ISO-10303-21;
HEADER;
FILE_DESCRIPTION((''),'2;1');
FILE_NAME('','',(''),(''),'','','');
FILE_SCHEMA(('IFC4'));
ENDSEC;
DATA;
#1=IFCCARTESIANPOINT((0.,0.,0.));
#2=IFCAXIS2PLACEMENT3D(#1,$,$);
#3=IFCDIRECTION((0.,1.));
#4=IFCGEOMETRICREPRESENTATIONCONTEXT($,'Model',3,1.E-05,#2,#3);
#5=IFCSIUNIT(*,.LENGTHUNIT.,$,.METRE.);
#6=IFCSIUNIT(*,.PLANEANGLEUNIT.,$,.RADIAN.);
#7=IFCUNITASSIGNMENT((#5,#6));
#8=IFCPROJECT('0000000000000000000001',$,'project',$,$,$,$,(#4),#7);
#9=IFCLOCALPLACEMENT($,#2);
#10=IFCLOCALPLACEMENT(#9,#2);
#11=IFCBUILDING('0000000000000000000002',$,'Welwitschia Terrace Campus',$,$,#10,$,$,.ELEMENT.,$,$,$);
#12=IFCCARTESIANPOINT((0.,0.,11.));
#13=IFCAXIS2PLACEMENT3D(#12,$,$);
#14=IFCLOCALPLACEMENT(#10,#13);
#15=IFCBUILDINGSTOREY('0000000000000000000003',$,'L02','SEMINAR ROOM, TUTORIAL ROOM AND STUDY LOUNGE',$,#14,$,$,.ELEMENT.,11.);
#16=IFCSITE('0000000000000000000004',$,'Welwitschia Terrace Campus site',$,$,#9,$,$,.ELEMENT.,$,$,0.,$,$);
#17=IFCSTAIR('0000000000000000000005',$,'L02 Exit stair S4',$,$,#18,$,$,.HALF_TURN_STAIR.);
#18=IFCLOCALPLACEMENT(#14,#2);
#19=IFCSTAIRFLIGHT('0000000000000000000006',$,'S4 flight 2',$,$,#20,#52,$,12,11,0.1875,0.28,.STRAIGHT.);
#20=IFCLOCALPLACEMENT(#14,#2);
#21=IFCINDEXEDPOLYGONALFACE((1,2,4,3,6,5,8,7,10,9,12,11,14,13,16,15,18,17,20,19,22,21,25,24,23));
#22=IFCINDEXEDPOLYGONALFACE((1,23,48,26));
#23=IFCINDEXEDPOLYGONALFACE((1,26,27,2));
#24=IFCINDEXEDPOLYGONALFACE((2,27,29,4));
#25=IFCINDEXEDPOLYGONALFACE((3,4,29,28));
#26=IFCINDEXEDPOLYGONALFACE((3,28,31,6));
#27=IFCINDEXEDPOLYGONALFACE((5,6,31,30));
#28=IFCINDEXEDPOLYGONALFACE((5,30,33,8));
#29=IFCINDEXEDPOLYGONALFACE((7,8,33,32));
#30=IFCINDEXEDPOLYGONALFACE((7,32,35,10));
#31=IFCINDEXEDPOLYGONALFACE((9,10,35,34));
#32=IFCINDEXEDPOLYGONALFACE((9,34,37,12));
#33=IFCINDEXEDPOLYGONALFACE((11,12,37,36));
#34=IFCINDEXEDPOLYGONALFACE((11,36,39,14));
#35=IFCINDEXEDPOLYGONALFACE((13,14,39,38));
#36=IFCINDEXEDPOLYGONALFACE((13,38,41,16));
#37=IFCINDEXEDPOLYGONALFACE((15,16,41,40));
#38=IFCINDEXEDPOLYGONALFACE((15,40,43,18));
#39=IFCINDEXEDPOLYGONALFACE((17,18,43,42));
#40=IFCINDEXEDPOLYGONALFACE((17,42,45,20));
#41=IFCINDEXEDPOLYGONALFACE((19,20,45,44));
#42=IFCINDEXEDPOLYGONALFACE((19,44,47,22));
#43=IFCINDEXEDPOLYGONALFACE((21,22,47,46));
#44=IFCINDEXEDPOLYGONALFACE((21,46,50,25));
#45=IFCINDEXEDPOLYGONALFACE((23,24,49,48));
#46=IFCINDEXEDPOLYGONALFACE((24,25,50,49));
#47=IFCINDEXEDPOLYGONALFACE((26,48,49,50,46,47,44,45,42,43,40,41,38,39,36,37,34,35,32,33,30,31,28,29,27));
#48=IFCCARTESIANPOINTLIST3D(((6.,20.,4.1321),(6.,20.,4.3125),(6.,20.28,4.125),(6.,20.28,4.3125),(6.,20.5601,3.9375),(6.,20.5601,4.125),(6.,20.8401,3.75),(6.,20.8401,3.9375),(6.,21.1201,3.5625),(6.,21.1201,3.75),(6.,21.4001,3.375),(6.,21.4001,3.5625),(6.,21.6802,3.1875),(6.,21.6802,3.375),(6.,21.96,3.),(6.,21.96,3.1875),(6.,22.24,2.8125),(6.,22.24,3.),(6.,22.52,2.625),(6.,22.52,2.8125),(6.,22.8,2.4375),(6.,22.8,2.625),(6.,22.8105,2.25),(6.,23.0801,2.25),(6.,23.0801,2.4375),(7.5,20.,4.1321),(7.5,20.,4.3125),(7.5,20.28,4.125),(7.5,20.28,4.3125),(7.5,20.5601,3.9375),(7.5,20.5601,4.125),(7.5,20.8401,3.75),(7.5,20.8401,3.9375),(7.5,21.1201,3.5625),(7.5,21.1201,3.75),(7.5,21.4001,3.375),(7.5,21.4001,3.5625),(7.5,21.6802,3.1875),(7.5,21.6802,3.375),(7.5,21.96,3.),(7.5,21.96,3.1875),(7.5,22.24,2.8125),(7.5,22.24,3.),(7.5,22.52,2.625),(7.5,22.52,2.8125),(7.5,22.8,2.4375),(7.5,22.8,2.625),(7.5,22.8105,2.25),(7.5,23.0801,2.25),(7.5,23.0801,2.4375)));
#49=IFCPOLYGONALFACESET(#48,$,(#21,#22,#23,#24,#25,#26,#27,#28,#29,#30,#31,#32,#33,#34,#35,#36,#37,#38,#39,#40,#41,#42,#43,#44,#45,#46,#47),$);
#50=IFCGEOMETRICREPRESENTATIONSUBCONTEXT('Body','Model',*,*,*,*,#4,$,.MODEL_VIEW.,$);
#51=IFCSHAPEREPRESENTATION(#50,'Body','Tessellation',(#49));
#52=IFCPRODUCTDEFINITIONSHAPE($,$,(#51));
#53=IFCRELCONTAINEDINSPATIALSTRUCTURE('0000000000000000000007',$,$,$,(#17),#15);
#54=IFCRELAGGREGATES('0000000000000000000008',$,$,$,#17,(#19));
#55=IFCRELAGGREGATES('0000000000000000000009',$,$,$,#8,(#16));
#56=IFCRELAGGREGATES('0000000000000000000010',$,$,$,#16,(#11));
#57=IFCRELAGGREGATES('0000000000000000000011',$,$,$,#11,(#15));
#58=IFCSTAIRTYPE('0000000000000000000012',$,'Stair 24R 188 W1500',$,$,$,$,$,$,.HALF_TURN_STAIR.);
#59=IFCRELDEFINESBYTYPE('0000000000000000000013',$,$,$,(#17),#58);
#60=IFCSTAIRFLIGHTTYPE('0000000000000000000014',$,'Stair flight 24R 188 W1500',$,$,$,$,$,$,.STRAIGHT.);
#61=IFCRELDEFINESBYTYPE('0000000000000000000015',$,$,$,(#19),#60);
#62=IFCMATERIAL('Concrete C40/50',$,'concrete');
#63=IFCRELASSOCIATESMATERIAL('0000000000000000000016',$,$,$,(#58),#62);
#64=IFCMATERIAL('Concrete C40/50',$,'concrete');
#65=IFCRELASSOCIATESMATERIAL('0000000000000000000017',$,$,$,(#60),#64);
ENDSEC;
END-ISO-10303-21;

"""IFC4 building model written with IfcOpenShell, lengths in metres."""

from ifc_helpers import new_model, si_unit, direction, frame, origin, place, context, subcontext, project, spatial, polyline, outline, extrude, material, type_object, element, aggregate, save


model = new_model("IFC4")

# Units and contexts
model_context = context("Model", 3, precision=1e-05, world=origin(), true_north=direction((0.0, 1.0)))
body_context = subcontext(model_context, "Body", "Model", "MODEL_VIEW")
ifc_project = project(units=[si_unit("LENGTHUNIT", "METRE"), si_unit("PLANEANGLEUNIT", "RADIAN")], contexts=[model_context])

# Site, building, storey
site_placement = place(None, origin())
site = spatial("IfcSite", under=ifc_project, at=site_placement, Name="Welwitschia Terrace Campus site", CompositionType="ELEMENT", RefElevation=0.0)
building_placement = place(site_placement, origin())
building = spatial("IfcBuilding", under=site, at=building_placement, Name="Welwitschia Terrace Campus", CompositionType="ELEMENT")
storey_placement = place(building_placement, frame((0.0, 0.0, 11.0)))
storey = spatial("IfcBuildingStorey", under=building, at=storey_placement, Name="L02", Description="SEMINAR ROOM, TUTORIAL ROOM AND STUDY LOUNGE", CompositionType="ELEMENT", Elevation=11.0)

# Stair, stair flight
ifc_material_1 = material(Name="Concrete C40/50", Category="concrete")
stair_type = type_object("IfcStairType", Name="Stair 24R 188 W1500", PredefinedType="HALF_TURN_STAIR", material=ifc_material_1)
stair_placement = place(storey_placement, origin())
stair = element("IfcStair", 1, at=stair_placement, inside=storey, type_object=stair_type, Name="L02 Exit stair S4", PredefinedType="HALF_TURN_STAIR")
ifc_material_2 = material(Name="Concrete C40/50", Category="concrete")
stair_flight_type = type_object("IfcStairFlightType", Name="Stair flight 24R 188 W1500", PredefinedType="STRAIGHT", material=ifc_material_2)
stair_flight_placement = place(storey_placement, frame((6.75, 23.0801, 2.25), z_axis=(0.0, 0.0, 1.0), x_axis=(0.0, -1.0, 0.0)))
stair_flight = element("IfcStairFlight", 2, at=stair_flight_placement, type_object=stair_flight_type, Name="S4 flight 2", NumberOfRisers=12, NumberOfTreads=11, PredefinedType="STRAIGHT", RiserHeight=0.1875, TreadLength=0.28, context=body_context, shape_type="SweptSolid", body=[
    extrude(outline(polyline([(0.0, 0.0), (0.0, 0.1875), (0.28, 0.1875), (0.28, 0.375), (0.5601, 0.375), (0.5601, 0.5625), (0.8401, 0.5625), (0.8401, 0.75), (1.1201, 0.75), (1.1201, 0.9375), (1.3999, 0.9375), (1.3999, 1.125), (1.6799, 1.125), (1.6799, 1.3125), (1.96, 1.3125), (1.96, 1.5), (2.24, 1.5), (2.24, 1.6875), (2.52, 1.6875), (2.52, 1.875), (2.8, 1.875), (2.8, 2.0625), (3.0801, 2.0625), (3.0801, 2.25), (3.0801, 1.8821), (0.2695, 0.0), (0.0, 0.0)])), frame((0.0, 0.75, 0.0), z_axis=(0.0, -1.0, 0.0), x_axis=(1.0, 0.0, 0.0)), (0.0, 0.0, 1.0), 1.5),
])
aggregate(stair, [stair_flight])

save(model, "model.ifc")
